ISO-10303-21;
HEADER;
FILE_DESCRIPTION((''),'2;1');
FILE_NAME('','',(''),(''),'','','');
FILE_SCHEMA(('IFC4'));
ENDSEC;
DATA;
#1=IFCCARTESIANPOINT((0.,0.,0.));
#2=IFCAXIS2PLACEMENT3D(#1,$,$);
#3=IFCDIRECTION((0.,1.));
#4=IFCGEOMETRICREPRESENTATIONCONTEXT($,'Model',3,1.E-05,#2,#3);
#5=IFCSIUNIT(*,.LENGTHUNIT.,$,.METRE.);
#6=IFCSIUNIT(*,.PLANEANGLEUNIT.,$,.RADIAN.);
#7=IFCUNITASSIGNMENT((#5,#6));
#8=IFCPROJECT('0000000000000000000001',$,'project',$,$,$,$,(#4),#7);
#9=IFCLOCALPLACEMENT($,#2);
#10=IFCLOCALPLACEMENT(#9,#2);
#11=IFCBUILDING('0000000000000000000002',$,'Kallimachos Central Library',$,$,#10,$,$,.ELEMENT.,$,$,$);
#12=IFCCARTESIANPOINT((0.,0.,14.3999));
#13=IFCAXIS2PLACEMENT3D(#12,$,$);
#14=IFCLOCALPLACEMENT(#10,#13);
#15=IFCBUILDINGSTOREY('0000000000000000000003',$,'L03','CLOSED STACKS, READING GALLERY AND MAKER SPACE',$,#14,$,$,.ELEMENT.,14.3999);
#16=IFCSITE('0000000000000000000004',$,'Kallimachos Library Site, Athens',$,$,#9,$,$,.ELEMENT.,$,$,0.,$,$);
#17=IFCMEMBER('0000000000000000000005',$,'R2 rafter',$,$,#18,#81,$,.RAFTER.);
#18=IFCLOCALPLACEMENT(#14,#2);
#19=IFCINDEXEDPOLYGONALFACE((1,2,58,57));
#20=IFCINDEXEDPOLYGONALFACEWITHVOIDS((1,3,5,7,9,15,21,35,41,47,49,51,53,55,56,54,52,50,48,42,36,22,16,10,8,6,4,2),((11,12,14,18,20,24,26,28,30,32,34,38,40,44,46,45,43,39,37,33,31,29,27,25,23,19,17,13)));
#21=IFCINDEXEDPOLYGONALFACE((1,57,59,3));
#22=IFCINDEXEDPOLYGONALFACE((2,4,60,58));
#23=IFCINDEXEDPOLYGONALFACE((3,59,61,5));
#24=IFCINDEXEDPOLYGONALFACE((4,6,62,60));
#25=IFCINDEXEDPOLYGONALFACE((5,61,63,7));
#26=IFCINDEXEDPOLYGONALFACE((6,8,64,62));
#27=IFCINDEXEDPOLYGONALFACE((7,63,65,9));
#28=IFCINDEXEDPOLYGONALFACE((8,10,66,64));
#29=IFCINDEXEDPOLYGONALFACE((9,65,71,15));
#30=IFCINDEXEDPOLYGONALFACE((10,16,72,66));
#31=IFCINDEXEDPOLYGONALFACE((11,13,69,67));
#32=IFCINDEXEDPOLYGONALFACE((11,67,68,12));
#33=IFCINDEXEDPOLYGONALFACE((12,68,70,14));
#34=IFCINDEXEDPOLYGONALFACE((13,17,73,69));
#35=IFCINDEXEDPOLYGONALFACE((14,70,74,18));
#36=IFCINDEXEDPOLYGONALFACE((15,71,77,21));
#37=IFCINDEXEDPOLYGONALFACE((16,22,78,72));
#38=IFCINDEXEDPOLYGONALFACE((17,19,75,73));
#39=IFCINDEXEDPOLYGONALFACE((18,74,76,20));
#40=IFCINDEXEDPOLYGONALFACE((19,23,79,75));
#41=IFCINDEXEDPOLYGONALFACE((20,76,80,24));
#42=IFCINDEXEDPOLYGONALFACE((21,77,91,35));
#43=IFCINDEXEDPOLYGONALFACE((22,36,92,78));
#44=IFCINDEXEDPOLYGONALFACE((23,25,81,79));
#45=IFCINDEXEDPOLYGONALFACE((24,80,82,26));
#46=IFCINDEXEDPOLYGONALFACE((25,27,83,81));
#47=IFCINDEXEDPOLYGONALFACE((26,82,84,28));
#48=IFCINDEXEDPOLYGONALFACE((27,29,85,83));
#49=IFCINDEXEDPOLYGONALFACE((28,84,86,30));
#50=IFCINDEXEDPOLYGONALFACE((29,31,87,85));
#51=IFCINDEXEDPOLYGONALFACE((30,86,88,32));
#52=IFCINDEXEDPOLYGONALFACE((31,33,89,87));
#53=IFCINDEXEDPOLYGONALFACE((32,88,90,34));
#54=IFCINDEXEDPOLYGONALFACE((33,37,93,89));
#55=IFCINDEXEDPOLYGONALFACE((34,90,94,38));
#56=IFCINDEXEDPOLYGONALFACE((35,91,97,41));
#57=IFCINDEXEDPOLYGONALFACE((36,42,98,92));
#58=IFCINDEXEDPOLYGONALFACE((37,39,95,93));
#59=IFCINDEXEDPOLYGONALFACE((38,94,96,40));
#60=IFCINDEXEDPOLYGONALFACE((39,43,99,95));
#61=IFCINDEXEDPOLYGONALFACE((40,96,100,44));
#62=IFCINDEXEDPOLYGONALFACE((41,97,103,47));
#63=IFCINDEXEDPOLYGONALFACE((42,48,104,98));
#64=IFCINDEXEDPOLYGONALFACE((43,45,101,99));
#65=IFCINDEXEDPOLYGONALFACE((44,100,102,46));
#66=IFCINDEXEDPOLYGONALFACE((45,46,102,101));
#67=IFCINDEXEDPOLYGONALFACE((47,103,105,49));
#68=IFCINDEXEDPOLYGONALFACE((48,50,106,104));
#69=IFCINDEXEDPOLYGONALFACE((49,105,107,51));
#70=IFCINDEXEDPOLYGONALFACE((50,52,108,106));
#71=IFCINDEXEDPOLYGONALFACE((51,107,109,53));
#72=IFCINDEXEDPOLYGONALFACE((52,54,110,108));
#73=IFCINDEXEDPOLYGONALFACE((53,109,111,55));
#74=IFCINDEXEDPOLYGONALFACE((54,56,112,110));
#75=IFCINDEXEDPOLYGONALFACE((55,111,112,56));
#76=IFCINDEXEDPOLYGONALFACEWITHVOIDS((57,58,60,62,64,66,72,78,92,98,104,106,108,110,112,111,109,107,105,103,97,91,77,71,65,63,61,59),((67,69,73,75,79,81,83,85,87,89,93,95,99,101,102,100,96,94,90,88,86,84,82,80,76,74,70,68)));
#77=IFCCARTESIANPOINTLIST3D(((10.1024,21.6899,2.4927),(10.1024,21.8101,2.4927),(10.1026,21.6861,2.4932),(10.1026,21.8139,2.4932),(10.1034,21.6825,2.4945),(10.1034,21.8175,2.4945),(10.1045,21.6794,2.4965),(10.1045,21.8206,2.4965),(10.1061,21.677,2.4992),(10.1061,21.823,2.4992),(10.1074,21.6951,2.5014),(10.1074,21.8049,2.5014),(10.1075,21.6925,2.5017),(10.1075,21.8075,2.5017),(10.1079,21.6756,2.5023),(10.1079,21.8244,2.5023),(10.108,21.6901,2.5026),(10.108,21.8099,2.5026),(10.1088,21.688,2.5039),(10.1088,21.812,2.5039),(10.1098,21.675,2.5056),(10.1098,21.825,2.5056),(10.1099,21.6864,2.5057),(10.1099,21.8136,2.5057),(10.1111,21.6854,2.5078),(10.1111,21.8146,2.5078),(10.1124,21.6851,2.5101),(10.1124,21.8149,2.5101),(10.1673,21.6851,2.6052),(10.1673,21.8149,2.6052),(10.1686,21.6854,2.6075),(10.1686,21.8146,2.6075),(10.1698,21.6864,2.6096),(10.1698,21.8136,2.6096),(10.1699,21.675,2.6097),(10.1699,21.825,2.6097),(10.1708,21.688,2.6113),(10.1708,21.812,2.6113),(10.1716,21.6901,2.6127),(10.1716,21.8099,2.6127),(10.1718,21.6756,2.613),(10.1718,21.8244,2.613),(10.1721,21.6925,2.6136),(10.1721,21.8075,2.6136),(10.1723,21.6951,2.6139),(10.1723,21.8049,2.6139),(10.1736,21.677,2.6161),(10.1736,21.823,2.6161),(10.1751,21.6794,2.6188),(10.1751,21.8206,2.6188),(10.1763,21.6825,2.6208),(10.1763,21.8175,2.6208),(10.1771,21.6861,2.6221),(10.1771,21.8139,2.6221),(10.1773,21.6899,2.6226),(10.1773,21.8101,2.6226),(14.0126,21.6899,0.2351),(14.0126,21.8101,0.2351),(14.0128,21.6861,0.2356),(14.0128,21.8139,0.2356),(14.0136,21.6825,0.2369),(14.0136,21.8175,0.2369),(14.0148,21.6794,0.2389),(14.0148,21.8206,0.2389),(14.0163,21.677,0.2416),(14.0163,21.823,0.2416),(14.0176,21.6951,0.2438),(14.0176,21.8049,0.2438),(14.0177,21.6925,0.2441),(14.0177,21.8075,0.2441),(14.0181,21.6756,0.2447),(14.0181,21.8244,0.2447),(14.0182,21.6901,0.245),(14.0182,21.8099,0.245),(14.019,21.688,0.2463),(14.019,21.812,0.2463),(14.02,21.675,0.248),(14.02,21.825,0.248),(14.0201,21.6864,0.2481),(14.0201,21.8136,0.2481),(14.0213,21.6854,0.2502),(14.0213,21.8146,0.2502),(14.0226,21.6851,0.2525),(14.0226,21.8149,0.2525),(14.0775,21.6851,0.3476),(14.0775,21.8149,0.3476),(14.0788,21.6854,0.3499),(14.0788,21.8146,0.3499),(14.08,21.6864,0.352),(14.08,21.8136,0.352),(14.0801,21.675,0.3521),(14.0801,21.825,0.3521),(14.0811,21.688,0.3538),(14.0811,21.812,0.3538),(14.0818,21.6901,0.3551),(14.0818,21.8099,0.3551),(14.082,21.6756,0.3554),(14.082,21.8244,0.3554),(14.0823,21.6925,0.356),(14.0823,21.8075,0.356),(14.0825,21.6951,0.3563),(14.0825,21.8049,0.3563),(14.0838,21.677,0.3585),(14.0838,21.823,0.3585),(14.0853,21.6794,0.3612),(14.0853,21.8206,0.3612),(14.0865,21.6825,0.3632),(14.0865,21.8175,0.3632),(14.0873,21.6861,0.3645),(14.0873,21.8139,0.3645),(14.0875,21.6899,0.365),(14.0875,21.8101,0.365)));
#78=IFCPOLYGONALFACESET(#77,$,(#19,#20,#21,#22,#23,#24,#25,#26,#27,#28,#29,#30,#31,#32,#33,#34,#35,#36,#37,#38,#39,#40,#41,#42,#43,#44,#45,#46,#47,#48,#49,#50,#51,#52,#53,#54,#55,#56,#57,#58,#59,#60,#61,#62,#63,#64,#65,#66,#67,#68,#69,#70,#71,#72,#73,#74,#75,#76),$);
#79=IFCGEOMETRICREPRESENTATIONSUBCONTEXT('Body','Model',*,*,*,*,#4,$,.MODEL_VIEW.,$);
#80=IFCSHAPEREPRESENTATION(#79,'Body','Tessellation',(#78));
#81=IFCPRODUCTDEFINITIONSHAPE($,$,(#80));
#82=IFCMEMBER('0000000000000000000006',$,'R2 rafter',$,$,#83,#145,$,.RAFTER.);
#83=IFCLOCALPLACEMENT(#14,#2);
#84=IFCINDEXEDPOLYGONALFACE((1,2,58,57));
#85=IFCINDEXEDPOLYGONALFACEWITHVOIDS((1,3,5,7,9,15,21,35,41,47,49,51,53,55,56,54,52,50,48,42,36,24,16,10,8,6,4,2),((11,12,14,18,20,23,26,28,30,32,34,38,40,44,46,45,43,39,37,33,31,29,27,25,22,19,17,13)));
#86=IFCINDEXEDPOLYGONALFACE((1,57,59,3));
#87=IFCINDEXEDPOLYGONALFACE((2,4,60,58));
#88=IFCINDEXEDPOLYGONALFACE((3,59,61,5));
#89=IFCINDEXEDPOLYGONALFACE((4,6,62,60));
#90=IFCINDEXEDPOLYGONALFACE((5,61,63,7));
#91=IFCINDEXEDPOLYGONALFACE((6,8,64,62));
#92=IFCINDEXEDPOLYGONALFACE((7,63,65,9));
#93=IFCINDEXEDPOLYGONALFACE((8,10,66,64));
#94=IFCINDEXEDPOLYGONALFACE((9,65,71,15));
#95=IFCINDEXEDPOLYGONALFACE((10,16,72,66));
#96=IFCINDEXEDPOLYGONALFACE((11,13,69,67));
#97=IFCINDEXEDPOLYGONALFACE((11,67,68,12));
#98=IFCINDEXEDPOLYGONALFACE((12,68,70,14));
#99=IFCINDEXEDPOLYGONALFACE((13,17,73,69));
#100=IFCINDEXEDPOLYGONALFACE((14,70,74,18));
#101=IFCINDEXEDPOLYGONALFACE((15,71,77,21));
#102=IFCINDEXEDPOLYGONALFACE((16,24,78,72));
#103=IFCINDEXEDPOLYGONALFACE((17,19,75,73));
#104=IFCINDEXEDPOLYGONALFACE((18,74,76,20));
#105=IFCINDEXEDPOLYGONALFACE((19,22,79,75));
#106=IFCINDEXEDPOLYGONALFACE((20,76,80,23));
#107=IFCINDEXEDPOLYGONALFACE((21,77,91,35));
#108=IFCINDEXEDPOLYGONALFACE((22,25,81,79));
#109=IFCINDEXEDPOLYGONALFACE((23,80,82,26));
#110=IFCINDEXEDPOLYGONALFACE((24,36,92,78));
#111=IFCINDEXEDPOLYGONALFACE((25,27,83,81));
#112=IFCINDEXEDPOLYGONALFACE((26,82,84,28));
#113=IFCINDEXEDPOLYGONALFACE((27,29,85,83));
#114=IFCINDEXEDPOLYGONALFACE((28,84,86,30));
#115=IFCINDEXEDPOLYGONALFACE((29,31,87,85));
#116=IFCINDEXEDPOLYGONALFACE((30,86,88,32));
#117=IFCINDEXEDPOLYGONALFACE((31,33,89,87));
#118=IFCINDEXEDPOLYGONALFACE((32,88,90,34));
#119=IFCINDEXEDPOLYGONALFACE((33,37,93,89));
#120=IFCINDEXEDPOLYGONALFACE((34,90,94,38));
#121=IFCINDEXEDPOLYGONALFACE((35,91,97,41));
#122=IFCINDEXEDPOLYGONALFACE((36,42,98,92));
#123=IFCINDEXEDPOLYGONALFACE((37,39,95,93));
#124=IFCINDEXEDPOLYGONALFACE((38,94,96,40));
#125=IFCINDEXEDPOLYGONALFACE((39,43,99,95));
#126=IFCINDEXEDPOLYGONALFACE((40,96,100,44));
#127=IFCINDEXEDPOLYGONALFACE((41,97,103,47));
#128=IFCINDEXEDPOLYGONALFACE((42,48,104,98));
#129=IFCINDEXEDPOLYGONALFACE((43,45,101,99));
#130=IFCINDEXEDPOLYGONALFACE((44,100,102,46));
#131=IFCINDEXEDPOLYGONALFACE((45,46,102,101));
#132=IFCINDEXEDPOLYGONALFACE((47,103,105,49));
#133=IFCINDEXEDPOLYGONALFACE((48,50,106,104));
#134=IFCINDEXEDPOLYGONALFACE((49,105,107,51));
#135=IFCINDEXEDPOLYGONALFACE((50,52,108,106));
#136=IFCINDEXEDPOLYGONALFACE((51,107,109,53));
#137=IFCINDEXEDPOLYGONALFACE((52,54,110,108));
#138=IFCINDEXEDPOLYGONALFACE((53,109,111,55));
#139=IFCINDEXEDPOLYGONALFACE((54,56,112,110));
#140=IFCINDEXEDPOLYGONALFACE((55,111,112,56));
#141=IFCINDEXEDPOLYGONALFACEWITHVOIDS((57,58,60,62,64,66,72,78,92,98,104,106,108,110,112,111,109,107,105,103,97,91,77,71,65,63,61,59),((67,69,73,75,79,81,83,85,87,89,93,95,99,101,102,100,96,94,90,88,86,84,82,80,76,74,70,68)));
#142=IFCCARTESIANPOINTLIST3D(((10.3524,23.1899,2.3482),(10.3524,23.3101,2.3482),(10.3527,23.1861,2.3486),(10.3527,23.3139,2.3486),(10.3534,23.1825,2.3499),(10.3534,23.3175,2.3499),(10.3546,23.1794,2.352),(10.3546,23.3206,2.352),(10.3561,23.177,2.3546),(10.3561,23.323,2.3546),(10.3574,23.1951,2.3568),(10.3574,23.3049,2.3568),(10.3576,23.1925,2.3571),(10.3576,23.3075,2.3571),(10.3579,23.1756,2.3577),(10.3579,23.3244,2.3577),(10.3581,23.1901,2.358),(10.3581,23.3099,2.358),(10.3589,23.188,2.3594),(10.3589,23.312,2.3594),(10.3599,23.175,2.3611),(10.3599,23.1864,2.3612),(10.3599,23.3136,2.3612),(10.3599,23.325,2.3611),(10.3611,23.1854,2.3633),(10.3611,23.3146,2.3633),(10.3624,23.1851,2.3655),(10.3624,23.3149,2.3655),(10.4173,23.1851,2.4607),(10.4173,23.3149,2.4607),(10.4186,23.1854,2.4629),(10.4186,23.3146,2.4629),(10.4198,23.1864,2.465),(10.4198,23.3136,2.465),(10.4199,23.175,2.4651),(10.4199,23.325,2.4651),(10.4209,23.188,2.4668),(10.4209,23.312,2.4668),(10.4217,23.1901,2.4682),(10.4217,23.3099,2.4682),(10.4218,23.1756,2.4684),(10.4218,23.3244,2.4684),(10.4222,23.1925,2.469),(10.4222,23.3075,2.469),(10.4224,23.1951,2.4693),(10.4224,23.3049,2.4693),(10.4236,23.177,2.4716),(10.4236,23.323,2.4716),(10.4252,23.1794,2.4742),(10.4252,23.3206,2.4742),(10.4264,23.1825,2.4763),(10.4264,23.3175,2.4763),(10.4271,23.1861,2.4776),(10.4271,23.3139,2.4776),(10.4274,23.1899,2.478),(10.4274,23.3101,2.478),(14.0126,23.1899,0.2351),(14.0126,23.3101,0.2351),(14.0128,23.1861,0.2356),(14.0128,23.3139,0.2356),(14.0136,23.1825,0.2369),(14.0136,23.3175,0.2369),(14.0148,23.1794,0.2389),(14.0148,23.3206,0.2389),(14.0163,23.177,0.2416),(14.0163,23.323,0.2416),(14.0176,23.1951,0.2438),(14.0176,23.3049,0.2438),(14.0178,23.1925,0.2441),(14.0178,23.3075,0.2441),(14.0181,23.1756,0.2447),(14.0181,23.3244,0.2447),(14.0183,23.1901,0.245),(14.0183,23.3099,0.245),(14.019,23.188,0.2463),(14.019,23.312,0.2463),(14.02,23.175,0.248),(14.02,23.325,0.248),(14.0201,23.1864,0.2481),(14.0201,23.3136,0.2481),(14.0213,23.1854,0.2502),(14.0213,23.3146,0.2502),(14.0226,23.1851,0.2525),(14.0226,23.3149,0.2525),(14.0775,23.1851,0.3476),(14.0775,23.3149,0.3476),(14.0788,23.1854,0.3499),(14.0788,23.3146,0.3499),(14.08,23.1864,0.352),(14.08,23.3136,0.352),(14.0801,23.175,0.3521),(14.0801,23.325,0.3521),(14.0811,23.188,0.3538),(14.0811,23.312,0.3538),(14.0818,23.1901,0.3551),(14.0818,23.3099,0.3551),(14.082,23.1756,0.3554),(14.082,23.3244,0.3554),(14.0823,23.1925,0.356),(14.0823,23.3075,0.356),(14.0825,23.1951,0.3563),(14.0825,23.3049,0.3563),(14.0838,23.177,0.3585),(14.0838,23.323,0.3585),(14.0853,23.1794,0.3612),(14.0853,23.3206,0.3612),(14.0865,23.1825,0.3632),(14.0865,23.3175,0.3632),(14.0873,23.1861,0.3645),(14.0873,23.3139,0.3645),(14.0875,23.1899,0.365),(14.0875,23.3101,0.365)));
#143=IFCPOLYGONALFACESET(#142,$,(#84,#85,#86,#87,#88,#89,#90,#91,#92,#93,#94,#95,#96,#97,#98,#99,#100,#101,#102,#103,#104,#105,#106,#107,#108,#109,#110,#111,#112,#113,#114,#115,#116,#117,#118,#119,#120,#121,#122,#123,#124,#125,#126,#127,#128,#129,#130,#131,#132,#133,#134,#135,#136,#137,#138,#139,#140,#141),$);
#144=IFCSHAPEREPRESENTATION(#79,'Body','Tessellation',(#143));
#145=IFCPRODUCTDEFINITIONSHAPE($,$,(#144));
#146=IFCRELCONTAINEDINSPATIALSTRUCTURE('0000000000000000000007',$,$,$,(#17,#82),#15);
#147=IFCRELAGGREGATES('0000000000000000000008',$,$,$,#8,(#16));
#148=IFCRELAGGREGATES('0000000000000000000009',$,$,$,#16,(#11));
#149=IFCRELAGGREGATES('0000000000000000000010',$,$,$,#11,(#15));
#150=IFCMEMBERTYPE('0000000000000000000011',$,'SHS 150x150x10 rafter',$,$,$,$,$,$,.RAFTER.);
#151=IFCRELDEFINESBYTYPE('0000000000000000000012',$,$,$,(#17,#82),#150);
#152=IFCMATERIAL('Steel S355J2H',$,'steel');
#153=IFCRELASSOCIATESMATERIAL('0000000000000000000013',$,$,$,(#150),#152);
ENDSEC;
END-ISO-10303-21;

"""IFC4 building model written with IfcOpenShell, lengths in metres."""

from ifc_helpers import new_model, si_unit, direction, frame, origin, origin_2d, place, context, subcontext, project, spatial, hollow_rectangle, extrude, material, material_profile, profile_set, type_object, element, save


model = new_model("IFC4")

# Units and contexts
model_context = context("Model", 3, precision=1e-05, world=origin(), true_north=direction((0.0, 1.0)))
body_context = subcontext(model_context, "Body", "Model", "MODEL_VIEW")
ifc_project = project(units=[si_unit("LENGTHUNIT", "METRE"), si_unit("PLANEANGLEUNIT", "RADIAN")], contexts=[model_context])

# Site, building, storey
site_placement = place(None, origin())
site = spatial("IfcSite", under=ifc_project, at=site_placement, Name="Kallimachos Library Site, Athens", CompositionType="ELEMENT", RefElevation=0.0)
building_placement = place(site_placement, origin())
building = spatial("IfcBuilding", under=site, at=building_placement, Name="Kallimachos Central Library", CompositionType="ELEMENT")
storey_placement = place(building_placement, frame((0.0, 0.0, 14.3999)))
storey = spatial("IfcBuildingStorey", under=building, at=storey_placement, Name="L03", Description="CLOSED STACKS, READING GALLERY AND MAKER SPACE", CompositionType="ELEMENT", Elevation=14.3999)

# Members
ifc_material_1 = material(Name="Steel S355J2H", Category="steel")
ifc_material_profile_1 = material_profile(ifc_material_1, hollow_rectangle(XDim=0.1499, YDim=0.1499, WallThickness=0.01, InnerFilletRadius=0.01, OuterFilletRadius=0.0149, at=origin_2d()), Name="SHS 150x150x10")
ifc_profile_set_1 = profile_set([ifc_material_profile_1], Name="Steel S355J2H")
member_type_1 = type_object("IfcMemberType", Name="SHS 150x150x10 rafter", PredefinedType="RAFTER", material=ifc_profile_set_1)
for number, where, z_axis, x_axis, name in (
    (1, (14.05, 21.75, 0.3), (-0.866022, 0.0, 0.500006), (0.0, -1.0, 0.0), "R2 rafter"),
):
    element("IfcMember", number, at=place(storey_placement, frame(where, z_axis=z_axis, x_axis=x_axis)), inside=storey, type_object=member_type_1, Name=name, PredefinedType="RAFTER", context=body_context, shape_type="SweptSolid", body=[
        extrude(hollow_rectangle(XDim=0.1499, YDim=0.1499, WallThickness=0.01, InnerFilletRadius=0.01, OuterFilletRadius=0.0149, at=origin_2d()), origin(), (0.0, 0.0, 1.0), 4.5151),
    ])
member_1_placement = place(storey_placement, frame((14.05, 23.25, 0.3), z_axis=(-0.866041, 0.0, 0.499972), x_axis=(0.0, -1.0, 0.0)))
element("IfcMember", 2, at=member_1_placement, inside=storey, type_object=member_type_1, Name="R2 rafter", PredefinedType="RAFTER", context=body_context, shape_type="SweptSolid", body=[
    extrude(hollow_rectangle(XDim=0.1499, YDim=0.1499, WallThickness=0.01, InnerFilletRadius=0.01, OuterFilletRadius=0.0149, at=origin_2d()), origin(), (0.0, 0.0, 1.0), 4.2263),
])

save(model, "model.ifc")
